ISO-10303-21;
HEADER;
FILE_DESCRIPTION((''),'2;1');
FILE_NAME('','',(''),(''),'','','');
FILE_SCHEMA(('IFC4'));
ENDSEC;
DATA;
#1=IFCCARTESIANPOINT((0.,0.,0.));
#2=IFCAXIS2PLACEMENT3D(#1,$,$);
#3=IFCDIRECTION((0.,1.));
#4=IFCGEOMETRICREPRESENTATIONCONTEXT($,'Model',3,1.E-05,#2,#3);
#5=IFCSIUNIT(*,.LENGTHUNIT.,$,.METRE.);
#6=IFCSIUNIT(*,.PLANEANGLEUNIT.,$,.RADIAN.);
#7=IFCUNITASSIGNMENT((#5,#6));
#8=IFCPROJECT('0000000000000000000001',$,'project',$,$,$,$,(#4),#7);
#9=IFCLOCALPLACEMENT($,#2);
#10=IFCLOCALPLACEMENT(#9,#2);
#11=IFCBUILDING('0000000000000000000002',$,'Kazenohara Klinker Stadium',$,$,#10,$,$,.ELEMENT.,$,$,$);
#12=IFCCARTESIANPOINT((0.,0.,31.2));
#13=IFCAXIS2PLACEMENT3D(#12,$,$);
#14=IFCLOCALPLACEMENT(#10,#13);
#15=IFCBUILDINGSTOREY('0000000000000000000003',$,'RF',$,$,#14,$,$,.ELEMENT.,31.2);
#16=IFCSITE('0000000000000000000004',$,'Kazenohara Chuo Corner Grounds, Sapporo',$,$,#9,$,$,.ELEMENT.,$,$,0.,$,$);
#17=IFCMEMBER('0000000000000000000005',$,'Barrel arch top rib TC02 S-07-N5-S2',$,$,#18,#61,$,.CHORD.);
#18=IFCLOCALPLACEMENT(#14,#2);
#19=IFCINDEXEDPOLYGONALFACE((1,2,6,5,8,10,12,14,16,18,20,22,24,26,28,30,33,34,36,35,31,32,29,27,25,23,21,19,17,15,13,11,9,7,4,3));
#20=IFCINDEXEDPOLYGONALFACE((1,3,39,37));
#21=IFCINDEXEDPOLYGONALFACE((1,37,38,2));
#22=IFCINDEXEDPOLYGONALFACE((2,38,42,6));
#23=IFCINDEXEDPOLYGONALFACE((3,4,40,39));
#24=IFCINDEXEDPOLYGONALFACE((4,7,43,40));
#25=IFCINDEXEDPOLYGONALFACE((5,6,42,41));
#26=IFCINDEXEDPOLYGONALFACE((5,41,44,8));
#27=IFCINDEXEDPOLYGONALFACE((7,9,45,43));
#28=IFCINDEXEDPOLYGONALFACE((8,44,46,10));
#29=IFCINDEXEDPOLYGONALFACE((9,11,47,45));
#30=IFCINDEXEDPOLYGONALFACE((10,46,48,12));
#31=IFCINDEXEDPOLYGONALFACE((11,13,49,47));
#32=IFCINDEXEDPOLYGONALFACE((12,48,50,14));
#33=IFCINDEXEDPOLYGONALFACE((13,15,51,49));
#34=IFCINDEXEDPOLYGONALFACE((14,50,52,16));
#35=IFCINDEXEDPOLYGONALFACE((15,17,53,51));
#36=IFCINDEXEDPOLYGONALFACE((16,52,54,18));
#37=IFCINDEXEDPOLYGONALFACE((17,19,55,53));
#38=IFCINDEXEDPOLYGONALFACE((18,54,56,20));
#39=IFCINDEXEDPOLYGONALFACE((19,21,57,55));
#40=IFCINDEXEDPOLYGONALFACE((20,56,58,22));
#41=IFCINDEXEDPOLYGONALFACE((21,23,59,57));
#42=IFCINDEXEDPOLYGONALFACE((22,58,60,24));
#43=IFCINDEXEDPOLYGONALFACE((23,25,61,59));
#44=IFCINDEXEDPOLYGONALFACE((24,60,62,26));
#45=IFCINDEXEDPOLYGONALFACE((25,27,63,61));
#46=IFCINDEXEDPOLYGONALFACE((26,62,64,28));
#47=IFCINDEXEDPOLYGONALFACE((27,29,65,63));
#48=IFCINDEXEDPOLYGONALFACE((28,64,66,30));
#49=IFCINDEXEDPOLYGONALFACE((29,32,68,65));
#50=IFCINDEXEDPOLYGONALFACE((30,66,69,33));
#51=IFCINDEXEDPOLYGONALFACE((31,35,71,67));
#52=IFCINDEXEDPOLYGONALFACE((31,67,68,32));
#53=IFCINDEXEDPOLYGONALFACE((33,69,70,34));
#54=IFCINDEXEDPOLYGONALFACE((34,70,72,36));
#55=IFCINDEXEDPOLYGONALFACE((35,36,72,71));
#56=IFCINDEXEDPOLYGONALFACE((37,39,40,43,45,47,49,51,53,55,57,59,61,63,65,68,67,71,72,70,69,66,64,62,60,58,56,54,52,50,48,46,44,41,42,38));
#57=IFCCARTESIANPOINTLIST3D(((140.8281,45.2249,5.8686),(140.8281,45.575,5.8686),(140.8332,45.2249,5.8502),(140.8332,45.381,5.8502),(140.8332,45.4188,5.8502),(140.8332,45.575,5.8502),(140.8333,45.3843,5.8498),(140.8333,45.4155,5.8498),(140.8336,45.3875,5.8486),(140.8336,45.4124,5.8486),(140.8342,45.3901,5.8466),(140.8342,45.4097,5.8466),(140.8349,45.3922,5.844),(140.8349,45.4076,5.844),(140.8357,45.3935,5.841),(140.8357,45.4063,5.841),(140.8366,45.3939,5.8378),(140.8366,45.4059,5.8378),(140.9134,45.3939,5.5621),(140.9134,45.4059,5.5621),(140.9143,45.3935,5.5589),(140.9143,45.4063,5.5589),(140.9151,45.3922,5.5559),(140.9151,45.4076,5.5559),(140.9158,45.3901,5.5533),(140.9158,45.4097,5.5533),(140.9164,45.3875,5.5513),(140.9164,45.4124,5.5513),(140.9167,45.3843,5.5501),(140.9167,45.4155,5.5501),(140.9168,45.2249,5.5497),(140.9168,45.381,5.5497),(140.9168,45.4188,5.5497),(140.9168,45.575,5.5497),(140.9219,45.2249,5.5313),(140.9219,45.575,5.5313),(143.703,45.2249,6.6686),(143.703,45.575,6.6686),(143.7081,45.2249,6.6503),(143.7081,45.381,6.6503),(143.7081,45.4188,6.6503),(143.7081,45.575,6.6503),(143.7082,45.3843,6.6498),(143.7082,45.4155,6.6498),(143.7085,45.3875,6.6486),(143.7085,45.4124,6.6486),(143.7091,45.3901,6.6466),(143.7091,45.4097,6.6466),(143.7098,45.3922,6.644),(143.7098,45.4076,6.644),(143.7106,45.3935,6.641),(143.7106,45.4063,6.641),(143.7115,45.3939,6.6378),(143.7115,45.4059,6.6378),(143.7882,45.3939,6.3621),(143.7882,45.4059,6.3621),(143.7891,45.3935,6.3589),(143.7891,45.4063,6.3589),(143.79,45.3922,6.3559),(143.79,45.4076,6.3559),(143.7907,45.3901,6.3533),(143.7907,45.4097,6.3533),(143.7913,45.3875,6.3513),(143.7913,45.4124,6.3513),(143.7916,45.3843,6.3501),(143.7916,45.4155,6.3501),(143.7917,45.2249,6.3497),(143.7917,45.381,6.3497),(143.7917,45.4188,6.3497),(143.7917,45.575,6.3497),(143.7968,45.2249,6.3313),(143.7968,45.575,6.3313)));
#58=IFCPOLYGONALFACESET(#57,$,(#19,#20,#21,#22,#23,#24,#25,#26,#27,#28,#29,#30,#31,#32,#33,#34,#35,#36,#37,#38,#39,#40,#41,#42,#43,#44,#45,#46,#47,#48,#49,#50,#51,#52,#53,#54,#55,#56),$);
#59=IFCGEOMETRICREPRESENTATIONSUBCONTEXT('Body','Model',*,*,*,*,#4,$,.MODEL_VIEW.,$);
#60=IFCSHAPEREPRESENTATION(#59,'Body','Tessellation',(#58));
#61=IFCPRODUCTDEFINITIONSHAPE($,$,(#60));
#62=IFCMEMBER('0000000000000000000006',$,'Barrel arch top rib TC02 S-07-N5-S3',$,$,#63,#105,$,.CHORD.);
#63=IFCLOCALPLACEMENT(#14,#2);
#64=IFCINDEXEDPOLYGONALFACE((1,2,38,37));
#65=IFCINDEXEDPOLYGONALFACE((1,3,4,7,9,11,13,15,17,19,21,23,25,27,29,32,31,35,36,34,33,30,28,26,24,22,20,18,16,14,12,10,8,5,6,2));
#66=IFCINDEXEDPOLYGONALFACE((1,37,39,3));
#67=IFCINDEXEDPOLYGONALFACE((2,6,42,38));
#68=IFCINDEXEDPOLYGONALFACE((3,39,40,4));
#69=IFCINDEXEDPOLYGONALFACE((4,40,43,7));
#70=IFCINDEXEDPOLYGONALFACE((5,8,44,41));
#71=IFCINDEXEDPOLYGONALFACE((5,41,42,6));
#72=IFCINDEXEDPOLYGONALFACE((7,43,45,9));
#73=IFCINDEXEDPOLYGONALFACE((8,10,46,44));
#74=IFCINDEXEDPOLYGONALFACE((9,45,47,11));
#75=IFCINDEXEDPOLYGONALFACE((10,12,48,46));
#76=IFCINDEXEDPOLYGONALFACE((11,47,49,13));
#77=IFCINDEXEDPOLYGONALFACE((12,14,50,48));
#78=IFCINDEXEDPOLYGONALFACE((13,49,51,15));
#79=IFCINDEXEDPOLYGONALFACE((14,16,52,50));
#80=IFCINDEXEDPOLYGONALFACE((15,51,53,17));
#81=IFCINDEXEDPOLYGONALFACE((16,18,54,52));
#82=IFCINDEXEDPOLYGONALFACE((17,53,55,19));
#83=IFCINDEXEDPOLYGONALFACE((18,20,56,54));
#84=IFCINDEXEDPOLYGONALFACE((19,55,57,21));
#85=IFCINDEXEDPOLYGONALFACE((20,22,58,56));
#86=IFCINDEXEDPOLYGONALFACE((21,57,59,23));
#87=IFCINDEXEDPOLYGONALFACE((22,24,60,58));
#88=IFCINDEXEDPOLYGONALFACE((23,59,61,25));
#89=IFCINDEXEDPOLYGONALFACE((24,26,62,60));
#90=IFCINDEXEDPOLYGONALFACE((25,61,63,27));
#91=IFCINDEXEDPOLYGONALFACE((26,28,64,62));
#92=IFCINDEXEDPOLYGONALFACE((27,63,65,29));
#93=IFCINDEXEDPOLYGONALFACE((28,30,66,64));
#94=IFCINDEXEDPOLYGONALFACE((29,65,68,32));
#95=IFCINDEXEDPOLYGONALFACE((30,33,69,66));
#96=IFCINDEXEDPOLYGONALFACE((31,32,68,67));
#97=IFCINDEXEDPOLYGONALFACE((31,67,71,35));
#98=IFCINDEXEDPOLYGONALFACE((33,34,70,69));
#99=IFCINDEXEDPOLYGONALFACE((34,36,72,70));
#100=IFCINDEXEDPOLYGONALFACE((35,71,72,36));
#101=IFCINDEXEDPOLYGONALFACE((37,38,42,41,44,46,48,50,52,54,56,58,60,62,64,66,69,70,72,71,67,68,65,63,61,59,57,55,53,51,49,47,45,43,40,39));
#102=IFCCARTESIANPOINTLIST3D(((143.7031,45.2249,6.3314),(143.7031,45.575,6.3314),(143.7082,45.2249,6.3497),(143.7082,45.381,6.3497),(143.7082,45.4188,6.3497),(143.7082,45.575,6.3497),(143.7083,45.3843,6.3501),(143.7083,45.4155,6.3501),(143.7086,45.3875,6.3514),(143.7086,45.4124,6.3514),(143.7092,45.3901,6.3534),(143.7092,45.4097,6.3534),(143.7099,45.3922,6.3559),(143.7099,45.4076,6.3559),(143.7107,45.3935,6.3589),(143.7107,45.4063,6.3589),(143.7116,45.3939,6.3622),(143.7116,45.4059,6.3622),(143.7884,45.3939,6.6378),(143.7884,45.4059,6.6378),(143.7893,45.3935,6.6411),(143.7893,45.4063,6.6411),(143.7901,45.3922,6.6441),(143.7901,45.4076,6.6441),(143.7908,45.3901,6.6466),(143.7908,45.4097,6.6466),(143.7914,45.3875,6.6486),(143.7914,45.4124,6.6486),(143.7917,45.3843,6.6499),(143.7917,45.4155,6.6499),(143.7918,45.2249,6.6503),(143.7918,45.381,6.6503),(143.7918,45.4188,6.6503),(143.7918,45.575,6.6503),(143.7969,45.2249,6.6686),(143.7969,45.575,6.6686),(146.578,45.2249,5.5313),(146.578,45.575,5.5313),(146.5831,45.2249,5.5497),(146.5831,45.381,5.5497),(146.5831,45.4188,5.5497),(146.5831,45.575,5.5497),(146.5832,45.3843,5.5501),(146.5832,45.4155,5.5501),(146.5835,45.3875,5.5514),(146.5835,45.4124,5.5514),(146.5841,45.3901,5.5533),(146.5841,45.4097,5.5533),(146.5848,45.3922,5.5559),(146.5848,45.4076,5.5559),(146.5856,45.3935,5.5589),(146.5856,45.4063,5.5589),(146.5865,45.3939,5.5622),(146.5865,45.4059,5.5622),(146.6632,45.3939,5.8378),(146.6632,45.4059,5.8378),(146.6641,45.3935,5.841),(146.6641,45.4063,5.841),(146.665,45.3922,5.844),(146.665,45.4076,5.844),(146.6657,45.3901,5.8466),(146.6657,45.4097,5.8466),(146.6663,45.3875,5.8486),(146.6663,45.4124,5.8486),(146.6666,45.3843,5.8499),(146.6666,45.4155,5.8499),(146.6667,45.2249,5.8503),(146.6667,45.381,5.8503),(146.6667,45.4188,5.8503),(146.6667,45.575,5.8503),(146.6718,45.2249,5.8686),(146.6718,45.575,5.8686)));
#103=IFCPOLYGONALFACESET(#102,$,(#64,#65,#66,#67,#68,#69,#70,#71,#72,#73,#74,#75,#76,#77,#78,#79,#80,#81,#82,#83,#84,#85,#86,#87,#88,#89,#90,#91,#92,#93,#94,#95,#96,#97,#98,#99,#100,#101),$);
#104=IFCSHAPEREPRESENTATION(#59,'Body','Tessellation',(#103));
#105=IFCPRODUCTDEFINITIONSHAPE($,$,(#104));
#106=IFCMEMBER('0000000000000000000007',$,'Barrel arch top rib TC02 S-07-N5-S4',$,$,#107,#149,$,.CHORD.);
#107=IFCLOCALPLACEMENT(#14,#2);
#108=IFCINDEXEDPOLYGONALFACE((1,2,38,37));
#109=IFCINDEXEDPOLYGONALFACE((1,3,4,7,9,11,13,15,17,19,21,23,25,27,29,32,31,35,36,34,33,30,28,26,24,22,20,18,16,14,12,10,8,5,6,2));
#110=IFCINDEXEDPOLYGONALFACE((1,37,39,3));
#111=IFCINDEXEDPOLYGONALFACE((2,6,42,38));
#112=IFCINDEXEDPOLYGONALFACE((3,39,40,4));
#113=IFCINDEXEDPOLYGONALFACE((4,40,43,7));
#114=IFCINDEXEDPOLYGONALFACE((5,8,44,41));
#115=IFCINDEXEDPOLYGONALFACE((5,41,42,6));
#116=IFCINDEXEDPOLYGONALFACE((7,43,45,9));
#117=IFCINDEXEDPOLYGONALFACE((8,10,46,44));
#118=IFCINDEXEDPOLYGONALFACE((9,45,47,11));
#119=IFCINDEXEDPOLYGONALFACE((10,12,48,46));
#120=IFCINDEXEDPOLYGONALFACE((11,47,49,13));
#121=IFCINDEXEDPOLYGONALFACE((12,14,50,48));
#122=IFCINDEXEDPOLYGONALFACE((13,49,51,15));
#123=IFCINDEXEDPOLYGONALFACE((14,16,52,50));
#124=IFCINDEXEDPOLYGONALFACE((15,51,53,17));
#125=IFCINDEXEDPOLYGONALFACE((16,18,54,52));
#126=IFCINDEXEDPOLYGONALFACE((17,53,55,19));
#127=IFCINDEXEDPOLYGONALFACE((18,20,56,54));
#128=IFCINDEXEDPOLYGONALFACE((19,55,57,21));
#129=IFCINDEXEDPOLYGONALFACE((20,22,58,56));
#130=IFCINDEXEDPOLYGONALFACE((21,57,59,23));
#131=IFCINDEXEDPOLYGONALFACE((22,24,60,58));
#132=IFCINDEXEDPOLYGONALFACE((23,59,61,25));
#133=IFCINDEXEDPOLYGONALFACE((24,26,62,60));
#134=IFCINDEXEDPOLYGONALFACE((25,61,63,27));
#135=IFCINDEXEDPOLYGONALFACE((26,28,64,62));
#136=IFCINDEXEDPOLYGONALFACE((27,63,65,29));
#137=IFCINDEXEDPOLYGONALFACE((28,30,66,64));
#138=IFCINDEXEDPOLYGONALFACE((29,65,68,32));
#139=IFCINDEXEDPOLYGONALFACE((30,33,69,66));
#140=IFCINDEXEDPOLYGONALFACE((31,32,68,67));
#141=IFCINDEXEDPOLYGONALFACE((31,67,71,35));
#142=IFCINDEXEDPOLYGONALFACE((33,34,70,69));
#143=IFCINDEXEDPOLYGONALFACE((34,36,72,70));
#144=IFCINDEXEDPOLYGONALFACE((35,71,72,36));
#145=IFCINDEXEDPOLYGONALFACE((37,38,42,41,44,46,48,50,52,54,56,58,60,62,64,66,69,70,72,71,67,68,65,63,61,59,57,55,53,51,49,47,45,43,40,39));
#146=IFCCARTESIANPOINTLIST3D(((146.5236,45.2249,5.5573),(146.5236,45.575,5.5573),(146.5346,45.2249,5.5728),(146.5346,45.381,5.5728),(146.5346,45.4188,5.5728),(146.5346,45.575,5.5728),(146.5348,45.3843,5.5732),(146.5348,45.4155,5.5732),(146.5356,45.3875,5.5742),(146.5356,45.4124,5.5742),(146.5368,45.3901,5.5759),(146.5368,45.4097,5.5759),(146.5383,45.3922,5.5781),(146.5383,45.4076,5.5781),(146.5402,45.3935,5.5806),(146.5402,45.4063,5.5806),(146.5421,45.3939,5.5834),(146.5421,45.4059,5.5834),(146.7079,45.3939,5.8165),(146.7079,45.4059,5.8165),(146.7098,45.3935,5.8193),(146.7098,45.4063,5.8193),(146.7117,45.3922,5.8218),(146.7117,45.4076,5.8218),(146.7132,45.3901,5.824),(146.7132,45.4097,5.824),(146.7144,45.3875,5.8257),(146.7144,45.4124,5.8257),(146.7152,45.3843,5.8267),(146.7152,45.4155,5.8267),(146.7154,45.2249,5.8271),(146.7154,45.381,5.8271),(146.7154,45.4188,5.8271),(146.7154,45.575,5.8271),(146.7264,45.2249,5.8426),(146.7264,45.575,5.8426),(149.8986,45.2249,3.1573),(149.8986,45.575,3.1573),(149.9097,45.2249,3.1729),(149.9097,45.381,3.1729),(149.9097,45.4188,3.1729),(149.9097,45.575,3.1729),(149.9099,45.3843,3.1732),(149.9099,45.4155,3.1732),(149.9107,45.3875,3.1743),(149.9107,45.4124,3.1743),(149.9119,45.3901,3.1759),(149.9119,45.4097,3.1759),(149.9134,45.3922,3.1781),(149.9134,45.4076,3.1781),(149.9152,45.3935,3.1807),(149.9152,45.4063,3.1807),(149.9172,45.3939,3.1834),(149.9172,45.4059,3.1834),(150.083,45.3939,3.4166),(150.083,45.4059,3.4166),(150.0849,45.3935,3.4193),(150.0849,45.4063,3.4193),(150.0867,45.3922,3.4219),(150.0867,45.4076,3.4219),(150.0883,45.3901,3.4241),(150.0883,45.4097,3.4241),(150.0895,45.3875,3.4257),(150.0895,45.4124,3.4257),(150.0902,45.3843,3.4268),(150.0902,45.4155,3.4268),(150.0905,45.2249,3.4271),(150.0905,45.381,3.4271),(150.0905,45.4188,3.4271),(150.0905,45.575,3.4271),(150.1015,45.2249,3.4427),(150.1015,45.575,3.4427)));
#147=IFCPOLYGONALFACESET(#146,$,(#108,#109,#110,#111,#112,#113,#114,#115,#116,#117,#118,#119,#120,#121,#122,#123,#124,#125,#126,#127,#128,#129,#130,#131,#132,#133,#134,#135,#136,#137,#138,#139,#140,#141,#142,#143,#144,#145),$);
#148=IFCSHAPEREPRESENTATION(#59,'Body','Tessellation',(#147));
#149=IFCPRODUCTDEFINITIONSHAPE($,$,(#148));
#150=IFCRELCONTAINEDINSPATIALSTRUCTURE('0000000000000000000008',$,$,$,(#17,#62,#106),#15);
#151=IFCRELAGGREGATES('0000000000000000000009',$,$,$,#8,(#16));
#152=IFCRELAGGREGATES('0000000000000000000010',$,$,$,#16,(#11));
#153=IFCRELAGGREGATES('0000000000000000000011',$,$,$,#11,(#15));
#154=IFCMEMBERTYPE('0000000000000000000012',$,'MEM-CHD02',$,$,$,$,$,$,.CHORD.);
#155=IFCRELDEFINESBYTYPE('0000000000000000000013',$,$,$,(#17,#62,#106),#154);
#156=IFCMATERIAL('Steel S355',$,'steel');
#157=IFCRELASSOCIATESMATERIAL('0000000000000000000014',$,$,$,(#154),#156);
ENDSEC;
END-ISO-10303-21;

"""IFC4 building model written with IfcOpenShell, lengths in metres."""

from ifc_helpers import new_model, si_unit, direction, frame, origin, origin_2d, place, context, subcontext, project, spatial, i_section, extrude, material, material_profile, profile_set, type_object, element, save


model = new_model("IFC4")

# Units and contexts
model_context = context("Model", 3, precision=1e-05, world=origin(), true_north=direction((0.0, 1.0)))
body_context = subcontext(model_context, "Body", "Model", "MODEL_VIEW")
ifc_project = project(units=[si_unit("LENGTHUNIT", "METRE"), si_unit("PLANEANGLEUNIT", "RADIAN")], contexts=[model_context])

# Site, building, storey
site_placement = place(None, origin())
site = spatial("IfcSite", under=ifc_project, at=site_placement, Name="Kazenohara Chuo Corner Grounds, Sapporo", CompositionType="ELEMENT", RefElevation=0.0)
building_placement = place(site_placement, origin())
building = spatial("IfcBuilding", under=site, at=building_placement, Name="Kazenohara Klinker Stadium", CompositionType="ELEMENT")
storey_placement = place(building_placement, frame((0.0, 0.0, 31.2)))
storey = spatial("IfcBuildingStorey", under=building, at=storey_placement, Name="RF", CompositionType="ELEMENT", Elevation=31.2)

# Members
ifc_material_1 = material(Name="Steel S355", Category="steel")
ifc_material_profile_1 = material_profile(ifc_material_1, i_section(OverallWidth=0.3501, OverallDepth=0.3501, WebThickness=0.012, FlangeThickness=0.019, FilletRadius=0.0129, at=origin_2d()), Name="H-350x350x12x19")
ifc_profile_set_1 = profile_set([ifc_material_profile_1], Name="Steel S355")
member_type_1 = type_object("IfcMemberType", Name="MEM-CHD02", PredefinedType="CHORD", material=ifc_profile_set_1)
for number, where, z_axis, x_axis, name in (
    (1, (140.875, 45.3999, 5.7), (0.963394, 0.0, 0.268091), (0.0, 1.0, 0.0), "Barrel arch top rib TC02 S-07-N5-S2"),
    (2, (143.75, 45.3999, 6.5), (0.963394, 0.0, -0.268091), (0.0, 1.0, 0.0), "Barrel arch top rib TC02 S-07-N5-S3"),
):
    element("IfcMember", number, at=place(storey_placement, frame(where, z_axis=z_axis, x_axis=x_axis)), inside=storey, type_object=member_type_1, Name=name, PredefinedType="CHORD", context=body_context, shape_type="SweptSolid", body=[
        extrude(i_section(OverallWidth=0.3501, OverallDepth=0.3501, WebThickness=0.012, FlangeThickness=0.019, FilletRadius=0.0129, at=origin_2d()), origin(), (0.0, 0.0, 1.0), 2.9841),
    ])
member_1_placement = place(storey_placement, frame((146.625, 45.3999, 5.7), z_axis=(0.814966, 0.0, -0.579508), x_axis=(0.0, 1.0, 0.0)))
element("IfcMember", 3, at=member_1_placement, inside=storey, type_object=member_type_1, Name="Barrel arch top rib TC02 S-07-N5-S4", PredefinedType="CHORD", context=body_context, shape_type="SweptSolid", body=[
    extrude(i_section(OverallWidth=0.3501, OverallDepth=0.3501, WebThickness=0.012, FlangeThickness=0.019, FilletRadius=0.0129, at=origin_2d()), origin(), (0.0, 0.0, 1.0), 4.1414),
])

save(model, "model.ifc")
